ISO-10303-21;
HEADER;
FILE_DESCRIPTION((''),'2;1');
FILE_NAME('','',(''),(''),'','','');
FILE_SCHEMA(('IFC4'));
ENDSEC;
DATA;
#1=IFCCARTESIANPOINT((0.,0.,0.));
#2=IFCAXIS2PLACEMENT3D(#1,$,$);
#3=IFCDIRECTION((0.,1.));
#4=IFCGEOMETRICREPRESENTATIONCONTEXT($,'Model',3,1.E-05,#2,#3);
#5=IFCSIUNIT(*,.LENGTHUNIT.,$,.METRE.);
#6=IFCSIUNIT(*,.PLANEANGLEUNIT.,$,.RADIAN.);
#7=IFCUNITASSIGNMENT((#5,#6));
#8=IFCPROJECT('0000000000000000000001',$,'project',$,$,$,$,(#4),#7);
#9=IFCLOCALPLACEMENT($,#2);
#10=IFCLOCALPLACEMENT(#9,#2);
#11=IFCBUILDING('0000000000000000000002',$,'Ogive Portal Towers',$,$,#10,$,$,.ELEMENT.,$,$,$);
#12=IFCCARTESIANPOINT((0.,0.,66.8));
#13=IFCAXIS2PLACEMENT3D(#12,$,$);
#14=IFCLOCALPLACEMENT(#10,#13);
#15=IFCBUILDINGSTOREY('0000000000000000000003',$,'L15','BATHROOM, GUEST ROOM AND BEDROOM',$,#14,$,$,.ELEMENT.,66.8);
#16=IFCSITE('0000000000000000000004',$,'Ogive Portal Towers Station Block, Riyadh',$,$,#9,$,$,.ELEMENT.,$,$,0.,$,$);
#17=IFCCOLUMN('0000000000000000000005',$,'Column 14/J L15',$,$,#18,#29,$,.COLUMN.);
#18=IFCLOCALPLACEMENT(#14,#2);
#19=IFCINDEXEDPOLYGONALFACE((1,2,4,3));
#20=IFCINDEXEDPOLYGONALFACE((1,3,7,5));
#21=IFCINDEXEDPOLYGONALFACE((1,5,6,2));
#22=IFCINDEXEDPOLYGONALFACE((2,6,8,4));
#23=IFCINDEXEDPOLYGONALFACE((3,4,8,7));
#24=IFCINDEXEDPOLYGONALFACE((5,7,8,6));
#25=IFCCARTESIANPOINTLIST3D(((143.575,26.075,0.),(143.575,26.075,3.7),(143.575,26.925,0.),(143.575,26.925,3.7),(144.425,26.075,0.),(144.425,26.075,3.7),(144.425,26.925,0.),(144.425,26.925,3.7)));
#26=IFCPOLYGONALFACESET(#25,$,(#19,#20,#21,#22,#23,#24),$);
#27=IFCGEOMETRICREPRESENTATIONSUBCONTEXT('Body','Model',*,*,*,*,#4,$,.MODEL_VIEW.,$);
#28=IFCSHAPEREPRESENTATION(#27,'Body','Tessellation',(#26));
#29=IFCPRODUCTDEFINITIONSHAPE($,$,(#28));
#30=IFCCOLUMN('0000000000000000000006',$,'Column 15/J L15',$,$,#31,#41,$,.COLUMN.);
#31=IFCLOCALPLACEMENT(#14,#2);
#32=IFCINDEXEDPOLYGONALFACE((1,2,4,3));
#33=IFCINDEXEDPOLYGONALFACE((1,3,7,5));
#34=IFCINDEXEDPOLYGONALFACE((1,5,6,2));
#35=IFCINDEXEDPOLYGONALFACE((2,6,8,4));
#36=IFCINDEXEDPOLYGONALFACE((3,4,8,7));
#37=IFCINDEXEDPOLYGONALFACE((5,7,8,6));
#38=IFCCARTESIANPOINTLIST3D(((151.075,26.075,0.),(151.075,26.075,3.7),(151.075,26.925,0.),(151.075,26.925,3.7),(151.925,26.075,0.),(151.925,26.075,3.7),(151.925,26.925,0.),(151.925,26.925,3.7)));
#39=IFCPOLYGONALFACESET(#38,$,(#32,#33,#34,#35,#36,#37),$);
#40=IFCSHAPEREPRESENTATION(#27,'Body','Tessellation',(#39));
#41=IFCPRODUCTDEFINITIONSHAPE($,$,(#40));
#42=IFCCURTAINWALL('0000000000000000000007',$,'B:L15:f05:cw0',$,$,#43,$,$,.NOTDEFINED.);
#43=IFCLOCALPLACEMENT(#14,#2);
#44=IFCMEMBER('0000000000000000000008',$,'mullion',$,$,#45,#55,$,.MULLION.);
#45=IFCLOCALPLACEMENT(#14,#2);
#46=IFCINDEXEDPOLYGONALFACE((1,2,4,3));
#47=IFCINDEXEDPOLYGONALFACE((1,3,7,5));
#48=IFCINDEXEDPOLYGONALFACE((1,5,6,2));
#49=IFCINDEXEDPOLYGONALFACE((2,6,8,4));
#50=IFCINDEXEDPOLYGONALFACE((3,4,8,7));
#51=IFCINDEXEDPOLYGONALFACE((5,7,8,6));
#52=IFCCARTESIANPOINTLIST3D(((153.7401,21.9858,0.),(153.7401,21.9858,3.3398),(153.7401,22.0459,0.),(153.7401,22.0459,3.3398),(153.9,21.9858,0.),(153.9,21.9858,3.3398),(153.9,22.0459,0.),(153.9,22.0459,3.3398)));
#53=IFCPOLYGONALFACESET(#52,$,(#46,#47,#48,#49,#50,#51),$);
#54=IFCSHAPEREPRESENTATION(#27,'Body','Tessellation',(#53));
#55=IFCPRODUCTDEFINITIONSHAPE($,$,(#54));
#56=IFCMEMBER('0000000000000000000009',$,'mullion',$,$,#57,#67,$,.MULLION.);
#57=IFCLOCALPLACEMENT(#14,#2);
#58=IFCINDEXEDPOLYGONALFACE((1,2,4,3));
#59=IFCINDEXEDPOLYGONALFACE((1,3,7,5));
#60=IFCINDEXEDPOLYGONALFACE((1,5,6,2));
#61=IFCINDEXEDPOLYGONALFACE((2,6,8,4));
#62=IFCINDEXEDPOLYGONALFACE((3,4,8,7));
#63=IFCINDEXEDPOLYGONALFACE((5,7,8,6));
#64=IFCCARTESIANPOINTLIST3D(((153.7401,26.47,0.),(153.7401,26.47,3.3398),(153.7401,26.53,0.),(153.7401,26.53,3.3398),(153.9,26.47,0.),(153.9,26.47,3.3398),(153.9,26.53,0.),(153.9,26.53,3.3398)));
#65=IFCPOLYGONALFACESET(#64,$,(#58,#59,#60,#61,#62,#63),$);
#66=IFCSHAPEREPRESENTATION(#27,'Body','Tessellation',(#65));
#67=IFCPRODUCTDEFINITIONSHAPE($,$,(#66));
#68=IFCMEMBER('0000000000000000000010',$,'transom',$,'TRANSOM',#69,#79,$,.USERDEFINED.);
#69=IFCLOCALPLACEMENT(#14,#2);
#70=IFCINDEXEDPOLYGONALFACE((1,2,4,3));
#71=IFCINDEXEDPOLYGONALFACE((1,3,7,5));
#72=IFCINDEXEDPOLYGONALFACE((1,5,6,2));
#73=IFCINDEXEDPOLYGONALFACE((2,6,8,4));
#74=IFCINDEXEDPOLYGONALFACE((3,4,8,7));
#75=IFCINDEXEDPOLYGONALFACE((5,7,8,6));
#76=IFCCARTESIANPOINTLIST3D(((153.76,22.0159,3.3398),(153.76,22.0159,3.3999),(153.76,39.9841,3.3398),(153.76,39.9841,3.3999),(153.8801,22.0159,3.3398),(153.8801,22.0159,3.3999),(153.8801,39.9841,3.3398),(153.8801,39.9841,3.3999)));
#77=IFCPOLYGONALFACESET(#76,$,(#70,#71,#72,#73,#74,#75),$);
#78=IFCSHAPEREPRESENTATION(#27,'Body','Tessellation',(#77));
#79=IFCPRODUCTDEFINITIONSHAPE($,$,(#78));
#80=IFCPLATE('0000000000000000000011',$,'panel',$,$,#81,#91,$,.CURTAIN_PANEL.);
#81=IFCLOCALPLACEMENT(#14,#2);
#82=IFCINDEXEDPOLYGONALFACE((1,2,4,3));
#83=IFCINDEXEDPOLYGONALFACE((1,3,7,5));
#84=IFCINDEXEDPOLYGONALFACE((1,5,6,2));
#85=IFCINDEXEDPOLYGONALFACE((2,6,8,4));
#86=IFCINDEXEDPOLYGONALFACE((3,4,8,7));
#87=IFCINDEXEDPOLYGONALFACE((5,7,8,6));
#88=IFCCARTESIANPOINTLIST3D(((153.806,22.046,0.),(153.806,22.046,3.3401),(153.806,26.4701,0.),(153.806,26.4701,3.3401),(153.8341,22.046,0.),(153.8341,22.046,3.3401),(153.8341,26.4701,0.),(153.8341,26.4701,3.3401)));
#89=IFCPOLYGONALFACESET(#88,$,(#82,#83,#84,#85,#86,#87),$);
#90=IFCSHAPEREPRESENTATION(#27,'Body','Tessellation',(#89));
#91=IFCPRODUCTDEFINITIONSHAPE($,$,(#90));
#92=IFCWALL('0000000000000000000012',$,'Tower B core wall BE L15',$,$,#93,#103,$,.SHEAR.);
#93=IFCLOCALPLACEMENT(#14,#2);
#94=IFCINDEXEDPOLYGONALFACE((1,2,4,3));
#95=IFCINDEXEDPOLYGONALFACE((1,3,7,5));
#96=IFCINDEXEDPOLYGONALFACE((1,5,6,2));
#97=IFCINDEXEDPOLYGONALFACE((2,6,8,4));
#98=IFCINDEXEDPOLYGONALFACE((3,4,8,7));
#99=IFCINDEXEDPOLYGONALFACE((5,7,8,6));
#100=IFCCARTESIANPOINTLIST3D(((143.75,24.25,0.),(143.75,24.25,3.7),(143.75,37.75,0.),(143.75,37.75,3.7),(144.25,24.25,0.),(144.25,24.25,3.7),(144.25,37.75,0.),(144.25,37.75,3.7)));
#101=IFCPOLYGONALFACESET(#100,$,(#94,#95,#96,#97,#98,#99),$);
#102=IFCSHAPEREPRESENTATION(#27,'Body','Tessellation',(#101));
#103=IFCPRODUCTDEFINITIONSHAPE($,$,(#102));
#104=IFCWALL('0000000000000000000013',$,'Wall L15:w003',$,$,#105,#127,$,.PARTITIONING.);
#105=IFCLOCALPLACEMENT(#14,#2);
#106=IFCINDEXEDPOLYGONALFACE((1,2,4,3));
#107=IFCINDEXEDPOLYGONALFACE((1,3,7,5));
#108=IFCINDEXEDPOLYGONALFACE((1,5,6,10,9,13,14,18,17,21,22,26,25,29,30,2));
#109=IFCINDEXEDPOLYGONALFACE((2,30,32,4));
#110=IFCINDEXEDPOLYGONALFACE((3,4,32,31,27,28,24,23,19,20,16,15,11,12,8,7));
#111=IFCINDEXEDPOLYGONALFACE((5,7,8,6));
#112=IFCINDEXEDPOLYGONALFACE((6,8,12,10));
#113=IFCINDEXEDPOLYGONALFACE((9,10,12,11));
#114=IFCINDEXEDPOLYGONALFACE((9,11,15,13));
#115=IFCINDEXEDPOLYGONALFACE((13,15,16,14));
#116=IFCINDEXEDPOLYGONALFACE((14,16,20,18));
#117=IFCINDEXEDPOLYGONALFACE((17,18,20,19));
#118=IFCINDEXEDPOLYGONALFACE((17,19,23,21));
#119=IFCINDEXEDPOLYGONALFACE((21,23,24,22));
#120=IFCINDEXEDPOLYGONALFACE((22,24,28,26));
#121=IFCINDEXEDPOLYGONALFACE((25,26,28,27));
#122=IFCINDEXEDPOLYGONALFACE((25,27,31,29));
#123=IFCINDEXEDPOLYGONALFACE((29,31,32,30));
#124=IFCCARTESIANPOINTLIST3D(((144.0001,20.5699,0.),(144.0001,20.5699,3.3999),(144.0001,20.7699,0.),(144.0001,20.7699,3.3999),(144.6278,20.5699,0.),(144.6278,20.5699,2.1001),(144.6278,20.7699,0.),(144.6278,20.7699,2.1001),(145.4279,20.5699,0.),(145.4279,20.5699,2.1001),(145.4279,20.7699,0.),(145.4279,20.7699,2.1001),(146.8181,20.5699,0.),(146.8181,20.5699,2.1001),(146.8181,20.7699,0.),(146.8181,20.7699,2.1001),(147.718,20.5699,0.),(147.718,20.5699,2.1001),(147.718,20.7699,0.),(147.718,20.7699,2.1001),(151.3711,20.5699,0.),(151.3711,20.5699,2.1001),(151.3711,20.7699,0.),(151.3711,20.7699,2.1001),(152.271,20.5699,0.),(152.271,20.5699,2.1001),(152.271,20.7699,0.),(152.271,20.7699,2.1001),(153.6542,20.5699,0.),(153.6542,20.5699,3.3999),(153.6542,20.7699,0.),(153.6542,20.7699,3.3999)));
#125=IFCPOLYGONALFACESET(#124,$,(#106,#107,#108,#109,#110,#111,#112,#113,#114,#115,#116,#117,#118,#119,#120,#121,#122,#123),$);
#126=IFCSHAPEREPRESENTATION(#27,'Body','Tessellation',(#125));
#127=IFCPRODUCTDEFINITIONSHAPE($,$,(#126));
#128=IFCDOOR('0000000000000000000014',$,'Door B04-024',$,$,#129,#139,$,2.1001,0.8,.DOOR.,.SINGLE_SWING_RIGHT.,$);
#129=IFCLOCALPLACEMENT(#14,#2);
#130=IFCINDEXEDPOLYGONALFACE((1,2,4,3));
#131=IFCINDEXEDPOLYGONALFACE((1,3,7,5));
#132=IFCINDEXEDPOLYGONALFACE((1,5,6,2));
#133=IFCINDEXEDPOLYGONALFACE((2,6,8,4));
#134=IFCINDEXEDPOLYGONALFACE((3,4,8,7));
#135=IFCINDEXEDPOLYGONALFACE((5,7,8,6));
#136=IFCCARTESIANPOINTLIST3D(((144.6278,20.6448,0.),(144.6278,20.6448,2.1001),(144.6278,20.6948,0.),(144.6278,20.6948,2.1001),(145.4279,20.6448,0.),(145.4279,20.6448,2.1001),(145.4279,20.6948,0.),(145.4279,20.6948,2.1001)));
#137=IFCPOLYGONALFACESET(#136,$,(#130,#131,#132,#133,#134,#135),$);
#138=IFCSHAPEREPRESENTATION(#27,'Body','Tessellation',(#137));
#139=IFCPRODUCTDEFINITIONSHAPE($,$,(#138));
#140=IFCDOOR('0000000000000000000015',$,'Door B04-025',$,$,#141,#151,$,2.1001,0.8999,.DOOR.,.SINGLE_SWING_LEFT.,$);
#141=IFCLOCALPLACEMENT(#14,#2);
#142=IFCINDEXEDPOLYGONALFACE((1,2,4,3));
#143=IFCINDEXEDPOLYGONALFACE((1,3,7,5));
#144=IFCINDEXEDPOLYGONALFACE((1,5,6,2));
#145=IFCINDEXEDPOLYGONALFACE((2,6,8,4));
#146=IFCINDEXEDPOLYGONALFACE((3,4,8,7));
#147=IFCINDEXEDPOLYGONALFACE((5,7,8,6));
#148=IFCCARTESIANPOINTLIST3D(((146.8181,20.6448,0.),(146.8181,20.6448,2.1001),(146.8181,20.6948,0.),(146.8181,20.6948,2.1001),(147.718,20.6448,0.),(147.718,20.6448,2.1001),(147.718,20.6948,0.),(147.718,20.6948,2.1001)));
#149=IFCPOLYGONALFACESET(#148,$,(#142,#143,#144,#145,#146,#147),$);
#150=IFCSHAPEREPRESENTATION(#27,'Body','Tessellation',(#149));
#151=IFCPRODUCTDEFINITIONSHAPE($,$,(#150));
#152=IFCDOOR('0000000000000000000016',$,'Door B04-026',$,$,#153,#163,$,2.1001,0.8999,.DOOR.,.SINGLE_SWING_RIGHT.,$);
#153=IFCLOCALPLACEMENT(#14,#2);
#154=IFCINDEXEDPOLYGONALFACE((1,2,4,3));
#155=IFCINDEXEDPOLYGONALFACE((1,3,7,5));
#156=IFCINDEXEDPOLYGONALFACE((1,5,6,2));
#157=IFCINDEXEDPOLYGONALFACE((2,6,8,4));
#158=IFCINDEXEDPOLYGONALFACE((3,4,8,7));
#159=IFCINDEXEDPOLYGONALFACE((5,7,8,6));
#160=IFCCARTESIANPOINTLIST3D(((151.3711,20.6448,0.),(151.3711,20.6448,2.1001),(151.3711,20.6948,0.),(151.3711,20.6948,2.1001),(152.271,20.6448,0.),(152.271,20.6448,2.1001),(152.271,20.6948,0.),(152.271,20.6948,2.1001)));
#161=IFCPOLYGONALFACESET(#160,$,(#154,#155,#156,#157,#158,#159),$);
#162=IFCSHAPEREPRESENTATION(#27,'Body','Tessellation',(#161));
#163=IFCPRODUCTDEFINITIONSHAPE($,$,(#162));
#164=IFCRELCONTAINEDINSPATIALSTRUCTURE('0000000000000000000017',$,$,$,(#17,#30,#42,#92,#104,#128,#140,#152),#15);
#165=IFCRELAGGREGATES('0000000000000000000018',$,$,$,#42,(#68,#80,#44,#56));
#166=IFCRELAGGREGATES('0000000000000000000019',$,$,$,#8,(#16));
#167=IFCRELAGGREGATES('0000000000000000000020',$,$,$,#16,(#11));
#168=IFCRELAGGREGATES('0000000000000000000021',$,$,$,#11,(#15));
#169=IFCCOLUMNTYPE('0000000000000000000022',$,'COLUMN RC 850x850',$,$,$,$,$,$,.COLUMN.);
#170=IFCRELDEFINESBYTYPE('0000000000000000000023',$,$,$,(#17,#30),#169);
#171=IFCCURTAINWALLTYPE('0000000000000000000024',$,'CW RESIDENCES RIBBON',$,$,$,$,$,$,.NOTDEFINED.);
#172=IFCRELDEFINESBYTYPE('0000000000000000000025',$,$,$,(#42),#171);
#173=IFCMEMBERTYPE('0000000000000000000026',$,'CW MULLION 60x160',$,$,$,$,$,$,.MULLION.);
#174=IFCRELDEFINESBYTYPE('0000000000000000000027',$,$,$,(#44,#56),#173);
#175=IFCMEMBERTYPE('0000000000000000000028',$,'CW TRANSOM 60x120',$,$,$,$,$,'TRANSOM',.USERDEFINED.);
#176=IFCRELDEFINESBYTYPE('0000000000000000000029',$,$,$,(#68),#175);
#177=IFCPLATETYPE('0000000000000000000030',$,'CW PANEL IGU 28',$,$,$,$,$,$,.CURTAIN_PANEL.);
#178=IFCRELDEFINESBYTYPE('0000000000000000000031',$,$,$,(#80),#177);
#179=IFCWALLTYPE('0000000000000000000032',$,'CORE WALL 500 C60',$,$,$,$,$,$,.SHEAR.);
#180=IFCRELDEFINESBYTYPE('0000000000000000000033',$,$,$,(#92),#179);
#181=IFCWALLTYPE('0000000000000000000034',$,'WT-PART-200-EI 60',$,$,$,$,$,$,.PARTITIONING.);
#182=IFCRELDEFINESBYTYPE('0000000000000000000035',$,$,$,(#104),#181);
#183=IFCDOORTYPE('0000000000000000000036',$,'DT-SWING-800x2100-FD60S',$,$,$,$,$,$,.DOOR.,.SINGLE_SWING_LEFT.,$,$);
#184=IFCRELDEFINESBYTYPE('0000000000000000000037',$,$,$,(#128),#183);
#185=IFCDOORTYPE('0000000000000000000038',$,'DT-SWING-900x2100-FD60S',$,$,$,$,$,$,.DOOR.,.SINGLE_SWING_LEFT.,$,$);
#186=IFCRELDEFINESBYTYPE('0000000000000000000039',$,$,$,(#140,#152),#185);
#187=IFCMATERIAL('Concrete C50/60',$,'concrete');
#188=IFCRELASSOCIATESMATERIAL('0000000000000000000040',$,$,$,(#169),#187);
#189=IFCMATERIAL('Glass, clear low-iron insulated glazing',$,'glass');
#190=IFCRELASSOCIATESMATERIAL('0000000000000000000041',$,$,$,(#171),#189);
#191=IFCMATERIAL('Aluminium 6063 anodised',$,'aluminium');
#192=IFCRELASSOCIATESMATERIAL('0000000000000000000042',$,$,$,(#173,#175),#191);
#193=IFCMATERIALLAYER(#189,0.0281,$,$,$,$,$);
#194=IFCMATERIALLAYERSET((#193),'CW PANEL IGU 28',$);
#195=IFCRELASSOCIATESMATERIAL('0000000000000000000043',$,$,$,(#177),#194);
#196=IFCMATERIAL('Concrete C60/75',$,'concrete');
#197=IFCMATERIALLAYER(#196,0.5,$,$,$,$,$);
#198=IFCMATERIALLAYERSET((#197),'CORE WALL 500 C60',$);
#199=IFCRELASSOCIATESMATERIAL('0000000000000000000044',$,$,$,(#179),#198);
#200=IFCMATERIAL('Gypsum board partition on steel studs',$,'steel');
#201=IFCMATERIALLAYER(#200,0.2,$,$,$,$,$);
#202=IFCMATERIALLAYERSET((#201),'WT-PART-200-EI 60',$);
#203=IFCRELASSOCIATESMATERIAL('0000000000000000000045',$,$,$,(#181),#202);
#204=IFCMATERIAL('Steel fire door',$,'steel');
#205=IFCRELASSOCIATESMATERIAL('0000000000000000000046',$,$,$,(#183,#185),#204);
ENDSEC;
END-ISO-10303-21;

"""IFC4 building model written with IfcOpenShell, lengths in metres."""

from ifc_helpers import new_model, si_unit, direction, frame, frame_2d, origin, origin_2d, place, context, subcontext, project, spatial, rectangle, extrude, material, layer, layer_set, material_profile, profile_set, type_object, element, fill, aggregate, save


model = new_model("IFC4")

# Units and contexts
model_context = context("Model", 3, precision=1e-05, world=origin(), true_north=direction((0.0, 1.0)))
body_context = subcontext(model_context, "Body", "Model", "MODEL_VIEW")
ifc_project = project(units=[si_unit("LENGTHUNIT", "METRE"), si_unit("PLANEANGLEUNIT", "RADIAN")], contexts=[model_context])

# Site, building, storey
site_placement = place(None, origin())
site = spatial("IfcSite", under=ifc_project, at=site_placement, Name="Ogive Portal Towers Station Block, Riyadh", CompositionType="ELEMENT", RefElevation=0.0)
building_placement = place(site_placement, origin())
building = spatial("IfcBuilding", under=site, at=building_placement, Name="Ogive Portal Towers", CompositionType="ELEMENT")
storey_placement = place(building_placement, frame((0.0, 0.0, 66.8)))
storey = spatial("IfcBuildingStorey", under=building, at=storey_placement, Name="L15", Description="BATHROOM, GUEST ROOM AND BEDROOM", CompositionType="ELEMENT", Elevation=66.8)

# Columns
ifc_material_1 = material(Name="Concrete C50/60", Category="concrete")
ifc_material_profile_1 = material_profile(ifc_material_1, rectangle(XDim=0.8501, YDim=0.8501, at=origin_2d()), Name="RC 850x850")
ifc_profile_set_1 = profile_set([ifc_material_profile_1], Name="Concrete C50/60")
column_type = type_object("IfcColumnType", Name="COLUMN RC 850x850", PredefinedType="COLUMN", material=ifc_profile_set_1)
for number, where, z_axis, x_axis, name in (
    (1, (144.0, 26.5, 0.0), (0.0, 0.0, 1.0), (1.0, 0.0, 0.0), "Column 14/J L15"),
    (2, (151.5, 26.5, 0.0), (0.0, 0.0, 1.0), (1.0, 0.0, 0.0), "Column 15/J L15"),
):
    element("IfcColumn", number, at=place(storey_placement, frame(where, z_axis=z_axis, x_axis=x_axis)), inside=storey, type_object=column_type, Name=name, PredefinedType="COLUMN", context=body_context, shape_type="SweptSolid", body=[
        extrude(rectangle(XDim=0.8501, YDim=0.8501, at=origin_2d()), origin(), (0.0, 0.0, 1.0), 3.7),
    ])

# Curtain wall, members, plate
ifc_material_2 = material(Name="Glass, clear low-iron insulated glazing", Category="glass")
curtain_wall_type = type_object("IfcCurtainWallType", Name="CW RESIDENCES RIBBON", PredefinedType="NOTDEFINED", material=ifc_material_2)
curtain_wall_placement = place(storey_placement, origin())
curtain_wall = element("IfcCurtainWall", 3, at=curtain_wall_placement, inside=storey, type_object=curtain_wall_type, Name="B:L15:f05:cw0", PredefinedType="NOTDEFINED")
ifc_material_3 = material(Name="Aluminium 6063 anodised", Category="aluminium")
ifc_material_profile_2 = material_profile(ifc_material_3, rectangle(XDim=0.1599, YDim=0.0601, at=origin_2d()), Name="AL 60x160")
ifc_profile_set_2 = profile_set([ifc_material_profile_2], Name="Aluminium 6063 anodised")
member_type_1 = type_object("IfcMemberType", Name="CW MULLION 60x160", PredefinedType="MULLION", material=ifc_profile_set_2)
member_1_placement = place(storey_placement, frame((153.8201, 22.0159, 0.0), z_axis=(0.0, 0.0, 1.0), x_axis=(-1.0, 0.0, 0.0)))
member_1 = element("IfcMember", 4, at=member_1_placement, type_object=member_type_1, Name="mullion", PredefinedType="MULLION", context=body_context, shape_type="SweptSolid", body=[
    extrude(rectangle(XDim=0.1599, YDim=0.0601, at=origin_2d()), origin(), (0.0, 0.0, 1.0), 3.3398),
])
member_2_placement = place(storey_placement, frame((153.8201, 26.5, 0.0), z_axis=(0.0, 0.0, 1.0), x_axis=(-1.0, 0.0, 0.0)))
member_2 = element("IfcMember", 5, at=member_2_placement, type_object=member_type_1, Name="mullion", PredefinedType="MULLION", context=body_context, shape_type="SweptSolid", body=[
    extrude(rectangle(XDim=0.1599, YDim=0.0601, at=origin_2d()), origin(), (0.0, 0.0, 1.0), 3.3398),
])
ifc_material_profile_3 = material_profile(ifc_material_3, rectangle(XDim=0.1201, YDim=0.0601, at=origin_2d()), Name="AL 120x60")
ifc_profile_set_3 = profile_set([ifc_material_profile_3], Name="Aluminium 6063 anodised")
member_type_2 = type_object("IfcMemberType", Name="CW TRANSOM 60x120", ElementType="TRANSOM", PredefinedType="USERDEFINED", material=ifc_profile_set_3)
member_3_placement = place(storey_placement, frame((153.8201, 22.0159, 3.3699), z_axis=(0.0, 1.0, 0.0), x_axis=(-1.0, 0.0, 0.0)))
member_3 = element("IfcMember", 6, at=member_3_placement, type_object=member_type_2, Name="transom", ObjectType="TRANSOM", PredefinedType="USERDEFINED", context=body_context, shape_type="SweptSolid", body=[
    extrude(rectangle(XDim=0.1201, YDim=0.0601, at=origin_2d()), origin(), (0.0, 0.0, 1.0), 17.9683),
])
ifc_layer_1 = layer(ifc_material_2, 0.0281)
ifc_layer_set_1 = layer_set([ifc_layer_1], Name="CW PANEL IGU 28")
plate_type = type_object("IfcPlateType", Name="CW PANEL IGU 28", PredefinedType="CURTAIN_PANEL", material=ifc_layer_set_1)
plate_placement = place(storey_placement, frame((153.8201, 24.2581, 0.0), z_axis=(0.0, 0.0, 1.0), x_axis=(0.0, 1.0, 0.0)))
plate = element("IfcPlate", 7, at=plate_placement, type_object=plate_type, Name="panel", PredefinedType="CURTAIN_PANEL", context=body_context, shape_type="SweptSolid", body=[
    extrude(rectangle(XDim=4.4241, YDim=0.0281, at=origin_2d()), origin(), (0.0, 0.0, 1.0), 3.3401),
])
aggregate(curtain_wall, [member_3, plate, member_1, member_2])

# Wall
ifc_material_4 = material(Name="Concrete C60/75", Category="concrete")
ifc_layer_2 = layer(ifc_material_4, 0.5)
ifc_layer_set_2 = layer_set([ifc_layer_2], Name="CORE WALL 500 C60")
wall_type_1 = type_object("IfcWallType", Name="CORE WALL 500 C60", PredefinedType="SHEAR", material=ifc_layer_set_2)
wall_1_placement = place(storey_placement, frame((144.0, 24.25, 0.0), z_axis=(0.0, 0.0, 1.0), x_axis=(0.0, 1.0, 0.0)))
element("IfcWall", 8, at=wall_1_placement, inside=storey, type_object=wall_type_1, Name="Tower B core wall BE L15", PredefinedType="SHEAR", context=body_context, shape_type="SweptSolid", body=[
    extrude(rectangle(XDim=13.5, YDim=0.5, at=frame_2d((6.75, 0.0))), origin(), (0.0, 0.0, 1.0), 3.7),
])

# Wall, openings, doors
ifc_material_5 = material(Name="Gypsum board partition on steel studs", Category="steel")
ifc_layer_3 = layer(ifc_material_5, 0.2)
ifc_layer_set_3 = layer_set([ifc_layer_3], Name="WT-PART-200-EI 60")
wall_type_2 = type_object("IfcWallType", Name="WT-PART-200-EI 60", PredefinedType="PARTITIONING", material=ifc_layer_set_3)
wall_2_placement = place(storey_placement, frame((144.0, 20.6699, 0.0), z_axis=(0.0, 0.0, 1.0), x_axis=(1.0, 0.0, 0.0)))
wall_2 = element("IfcWall", 9, at=wall_2_placement, inside=storey, type_object=wall_type_2, Name="Wall L15:w003", PredefinedType="PARTITIONING", context=body_context, shape_type="SweptSolid", body=[
    extrude(rectangle(XDim=9.6541, YDim=0.2, at=frame_2d((4.8271, 0.0))), origin(), (0.0, 0.0, 1.0), 3.3999),
])
opening_1_placement = place(wall_2_placement, frame((0.6279, 0.0, 0.0)))
opening_1 = element("IfcOpeningElement", 10, at=opening_1_placement, cuts=wall_2, PredefinedType="OPENING", context=body_context, shape_type="SweptSolid", body=[
    extrude(rectangle(XDim=0.8, YDim=2.1001, at=frame_2d((0.3999, 1.05))), frame((0.0, 0.1099, 0.0), z_axis=(0.0, -1.0, 0.0), x_axis=(1.0, 0.0, 0.0)), (0.0, 0.0, 1.0), 0.22),
])
opening_2_placement = place(wall_2_placement, frame((2.8181, 0.0, 0.0)))
opening_2 = element("IfcOpeningElement", 11, at=opening_2_placement, cuts=wall_2, PredefinedType="OPENING", context=body_context, shape_type="SweptSolid", body=[
    extrude(rectangle(XDim=0.8999, YDim=2.1001, at=frame_2d((0.45, 1.05))), frame((0.0, 0.1099, 0.0), z_axis=(0.0, -1.0, 0.0), x_axis=(1.0, 0.0, 0.0)), (0.0, 0.0, 1.0), 0.22),
])
opening_3_placement = place(wall_2_placement, frame((7.3711, 0.0, 0.0)))
opening_3 = element("IfcOpeningElement", 12, at=opening_3_placement, cuts=wall_2, PredefinedType="OPENING", context=body_context, shape_type="SweptSolid", body=[
    extrude(rectangle(XDim=0.8999, YDim=2.1001, at=frame_2d((0.45, 1.05))), frame((0.0, 0.1099, 0.0), z_axis=(0.0, -1.0, 0.0), x_axis=(1.0, 0.0, 0.0)), (0.0, 0.0, 1.0), 0.22),
])
ifc_material_6 = material(Name="Steel fire door", Category="steel")
door_type_1 = type_object("IfcDoorType", Name="DT-SWING-800x2100-FD60S", OperationType="SINGLE_SWING_LEFT", PredefinedType="DOOR", material=ifc_material_6)
door_1_placement = place(opening_1_placement, origin())
door_1 = element("IfcDoor", 13, at=door_1_placement, inside=storey, type_object=door_type_1, Name="Door B04-024", OperationType="SINGLE_SWING_RIGHT", OverallHeight=2.1001, OverallWidth=0.8, PredefinedType="DOOR", context=body_context, shape_type="SweptSolid", body=[
    extrude(rectangle(XDim=0.8, YDim=2.1001, at=frame_2d((0.3999, 1.05))), frame((0.0, 0.0249, 0.0), z_axis=(0.0, -1.0, 0.0), x_axis=(1.0, 0.0, 0.0)), (0.0, 0.0, 1.0), 0.05),
])
fill(opening_1, door_1)
door_type_2 = type_object("IfcDoorType", Name="DT-SWING-900x2100-FD60S", OperationType="SINGLE_SWING_LEFT", PredefinedType="DOOR", material=ifc_material_6)
door_2_placement = place(opening_2_placement, origin())
door_2 = element("IfcDoor", 14, at=door_2_placement, inside=storey, type_object=door_type_2, Name="Door B04-025", OperationType="SINGLE_SWING_LEFT", OverallHeight=2.1001, OverallWidth=0.8999, PredefinedType="DOOR", context=body_context, shape_type="SweptSolid", body=[
    extrude(rectangle(XDim=0.8999, YDim=2.1001, at=frame_2d((0.45, 1.05))), frame((0.0, 0.0249, 0.0), z_axis=(0.0, -1.0, 0.0), x_axis=(1.0, 0.0, 0.0)), (0.0, 0.0, 1.0), 0.05),
])
fill(opening_2, door_2)
door_3_placement = place(opening_3_placement, origin())
door_3 = element("IfcDoor", 15, at=door_3_placement, inside=storey, type_object=door_type_2, Name="Door B04-026", OperationType="SINGLE_SWING_RIGHT", OverallHeight=2.1001, OverallWidth=0.8999, PredefinedType="DOOR", context=body_context, shape_type="SweptSolid", body=[
    extrude(rectangle(XDim=0.8999, YDim=2.1001, at=frame_2d((0.45, 1.05))), frame((0.0, 0.0249, 0.0), z_axis=(0.0, -1.0, 0.0), x_axis=(1.0, 0.0, 0.0)), (0.0, 0.0, 1.0), 0.05),
])
fill(opening_3, door_3)

save(model, "model.ifc")
